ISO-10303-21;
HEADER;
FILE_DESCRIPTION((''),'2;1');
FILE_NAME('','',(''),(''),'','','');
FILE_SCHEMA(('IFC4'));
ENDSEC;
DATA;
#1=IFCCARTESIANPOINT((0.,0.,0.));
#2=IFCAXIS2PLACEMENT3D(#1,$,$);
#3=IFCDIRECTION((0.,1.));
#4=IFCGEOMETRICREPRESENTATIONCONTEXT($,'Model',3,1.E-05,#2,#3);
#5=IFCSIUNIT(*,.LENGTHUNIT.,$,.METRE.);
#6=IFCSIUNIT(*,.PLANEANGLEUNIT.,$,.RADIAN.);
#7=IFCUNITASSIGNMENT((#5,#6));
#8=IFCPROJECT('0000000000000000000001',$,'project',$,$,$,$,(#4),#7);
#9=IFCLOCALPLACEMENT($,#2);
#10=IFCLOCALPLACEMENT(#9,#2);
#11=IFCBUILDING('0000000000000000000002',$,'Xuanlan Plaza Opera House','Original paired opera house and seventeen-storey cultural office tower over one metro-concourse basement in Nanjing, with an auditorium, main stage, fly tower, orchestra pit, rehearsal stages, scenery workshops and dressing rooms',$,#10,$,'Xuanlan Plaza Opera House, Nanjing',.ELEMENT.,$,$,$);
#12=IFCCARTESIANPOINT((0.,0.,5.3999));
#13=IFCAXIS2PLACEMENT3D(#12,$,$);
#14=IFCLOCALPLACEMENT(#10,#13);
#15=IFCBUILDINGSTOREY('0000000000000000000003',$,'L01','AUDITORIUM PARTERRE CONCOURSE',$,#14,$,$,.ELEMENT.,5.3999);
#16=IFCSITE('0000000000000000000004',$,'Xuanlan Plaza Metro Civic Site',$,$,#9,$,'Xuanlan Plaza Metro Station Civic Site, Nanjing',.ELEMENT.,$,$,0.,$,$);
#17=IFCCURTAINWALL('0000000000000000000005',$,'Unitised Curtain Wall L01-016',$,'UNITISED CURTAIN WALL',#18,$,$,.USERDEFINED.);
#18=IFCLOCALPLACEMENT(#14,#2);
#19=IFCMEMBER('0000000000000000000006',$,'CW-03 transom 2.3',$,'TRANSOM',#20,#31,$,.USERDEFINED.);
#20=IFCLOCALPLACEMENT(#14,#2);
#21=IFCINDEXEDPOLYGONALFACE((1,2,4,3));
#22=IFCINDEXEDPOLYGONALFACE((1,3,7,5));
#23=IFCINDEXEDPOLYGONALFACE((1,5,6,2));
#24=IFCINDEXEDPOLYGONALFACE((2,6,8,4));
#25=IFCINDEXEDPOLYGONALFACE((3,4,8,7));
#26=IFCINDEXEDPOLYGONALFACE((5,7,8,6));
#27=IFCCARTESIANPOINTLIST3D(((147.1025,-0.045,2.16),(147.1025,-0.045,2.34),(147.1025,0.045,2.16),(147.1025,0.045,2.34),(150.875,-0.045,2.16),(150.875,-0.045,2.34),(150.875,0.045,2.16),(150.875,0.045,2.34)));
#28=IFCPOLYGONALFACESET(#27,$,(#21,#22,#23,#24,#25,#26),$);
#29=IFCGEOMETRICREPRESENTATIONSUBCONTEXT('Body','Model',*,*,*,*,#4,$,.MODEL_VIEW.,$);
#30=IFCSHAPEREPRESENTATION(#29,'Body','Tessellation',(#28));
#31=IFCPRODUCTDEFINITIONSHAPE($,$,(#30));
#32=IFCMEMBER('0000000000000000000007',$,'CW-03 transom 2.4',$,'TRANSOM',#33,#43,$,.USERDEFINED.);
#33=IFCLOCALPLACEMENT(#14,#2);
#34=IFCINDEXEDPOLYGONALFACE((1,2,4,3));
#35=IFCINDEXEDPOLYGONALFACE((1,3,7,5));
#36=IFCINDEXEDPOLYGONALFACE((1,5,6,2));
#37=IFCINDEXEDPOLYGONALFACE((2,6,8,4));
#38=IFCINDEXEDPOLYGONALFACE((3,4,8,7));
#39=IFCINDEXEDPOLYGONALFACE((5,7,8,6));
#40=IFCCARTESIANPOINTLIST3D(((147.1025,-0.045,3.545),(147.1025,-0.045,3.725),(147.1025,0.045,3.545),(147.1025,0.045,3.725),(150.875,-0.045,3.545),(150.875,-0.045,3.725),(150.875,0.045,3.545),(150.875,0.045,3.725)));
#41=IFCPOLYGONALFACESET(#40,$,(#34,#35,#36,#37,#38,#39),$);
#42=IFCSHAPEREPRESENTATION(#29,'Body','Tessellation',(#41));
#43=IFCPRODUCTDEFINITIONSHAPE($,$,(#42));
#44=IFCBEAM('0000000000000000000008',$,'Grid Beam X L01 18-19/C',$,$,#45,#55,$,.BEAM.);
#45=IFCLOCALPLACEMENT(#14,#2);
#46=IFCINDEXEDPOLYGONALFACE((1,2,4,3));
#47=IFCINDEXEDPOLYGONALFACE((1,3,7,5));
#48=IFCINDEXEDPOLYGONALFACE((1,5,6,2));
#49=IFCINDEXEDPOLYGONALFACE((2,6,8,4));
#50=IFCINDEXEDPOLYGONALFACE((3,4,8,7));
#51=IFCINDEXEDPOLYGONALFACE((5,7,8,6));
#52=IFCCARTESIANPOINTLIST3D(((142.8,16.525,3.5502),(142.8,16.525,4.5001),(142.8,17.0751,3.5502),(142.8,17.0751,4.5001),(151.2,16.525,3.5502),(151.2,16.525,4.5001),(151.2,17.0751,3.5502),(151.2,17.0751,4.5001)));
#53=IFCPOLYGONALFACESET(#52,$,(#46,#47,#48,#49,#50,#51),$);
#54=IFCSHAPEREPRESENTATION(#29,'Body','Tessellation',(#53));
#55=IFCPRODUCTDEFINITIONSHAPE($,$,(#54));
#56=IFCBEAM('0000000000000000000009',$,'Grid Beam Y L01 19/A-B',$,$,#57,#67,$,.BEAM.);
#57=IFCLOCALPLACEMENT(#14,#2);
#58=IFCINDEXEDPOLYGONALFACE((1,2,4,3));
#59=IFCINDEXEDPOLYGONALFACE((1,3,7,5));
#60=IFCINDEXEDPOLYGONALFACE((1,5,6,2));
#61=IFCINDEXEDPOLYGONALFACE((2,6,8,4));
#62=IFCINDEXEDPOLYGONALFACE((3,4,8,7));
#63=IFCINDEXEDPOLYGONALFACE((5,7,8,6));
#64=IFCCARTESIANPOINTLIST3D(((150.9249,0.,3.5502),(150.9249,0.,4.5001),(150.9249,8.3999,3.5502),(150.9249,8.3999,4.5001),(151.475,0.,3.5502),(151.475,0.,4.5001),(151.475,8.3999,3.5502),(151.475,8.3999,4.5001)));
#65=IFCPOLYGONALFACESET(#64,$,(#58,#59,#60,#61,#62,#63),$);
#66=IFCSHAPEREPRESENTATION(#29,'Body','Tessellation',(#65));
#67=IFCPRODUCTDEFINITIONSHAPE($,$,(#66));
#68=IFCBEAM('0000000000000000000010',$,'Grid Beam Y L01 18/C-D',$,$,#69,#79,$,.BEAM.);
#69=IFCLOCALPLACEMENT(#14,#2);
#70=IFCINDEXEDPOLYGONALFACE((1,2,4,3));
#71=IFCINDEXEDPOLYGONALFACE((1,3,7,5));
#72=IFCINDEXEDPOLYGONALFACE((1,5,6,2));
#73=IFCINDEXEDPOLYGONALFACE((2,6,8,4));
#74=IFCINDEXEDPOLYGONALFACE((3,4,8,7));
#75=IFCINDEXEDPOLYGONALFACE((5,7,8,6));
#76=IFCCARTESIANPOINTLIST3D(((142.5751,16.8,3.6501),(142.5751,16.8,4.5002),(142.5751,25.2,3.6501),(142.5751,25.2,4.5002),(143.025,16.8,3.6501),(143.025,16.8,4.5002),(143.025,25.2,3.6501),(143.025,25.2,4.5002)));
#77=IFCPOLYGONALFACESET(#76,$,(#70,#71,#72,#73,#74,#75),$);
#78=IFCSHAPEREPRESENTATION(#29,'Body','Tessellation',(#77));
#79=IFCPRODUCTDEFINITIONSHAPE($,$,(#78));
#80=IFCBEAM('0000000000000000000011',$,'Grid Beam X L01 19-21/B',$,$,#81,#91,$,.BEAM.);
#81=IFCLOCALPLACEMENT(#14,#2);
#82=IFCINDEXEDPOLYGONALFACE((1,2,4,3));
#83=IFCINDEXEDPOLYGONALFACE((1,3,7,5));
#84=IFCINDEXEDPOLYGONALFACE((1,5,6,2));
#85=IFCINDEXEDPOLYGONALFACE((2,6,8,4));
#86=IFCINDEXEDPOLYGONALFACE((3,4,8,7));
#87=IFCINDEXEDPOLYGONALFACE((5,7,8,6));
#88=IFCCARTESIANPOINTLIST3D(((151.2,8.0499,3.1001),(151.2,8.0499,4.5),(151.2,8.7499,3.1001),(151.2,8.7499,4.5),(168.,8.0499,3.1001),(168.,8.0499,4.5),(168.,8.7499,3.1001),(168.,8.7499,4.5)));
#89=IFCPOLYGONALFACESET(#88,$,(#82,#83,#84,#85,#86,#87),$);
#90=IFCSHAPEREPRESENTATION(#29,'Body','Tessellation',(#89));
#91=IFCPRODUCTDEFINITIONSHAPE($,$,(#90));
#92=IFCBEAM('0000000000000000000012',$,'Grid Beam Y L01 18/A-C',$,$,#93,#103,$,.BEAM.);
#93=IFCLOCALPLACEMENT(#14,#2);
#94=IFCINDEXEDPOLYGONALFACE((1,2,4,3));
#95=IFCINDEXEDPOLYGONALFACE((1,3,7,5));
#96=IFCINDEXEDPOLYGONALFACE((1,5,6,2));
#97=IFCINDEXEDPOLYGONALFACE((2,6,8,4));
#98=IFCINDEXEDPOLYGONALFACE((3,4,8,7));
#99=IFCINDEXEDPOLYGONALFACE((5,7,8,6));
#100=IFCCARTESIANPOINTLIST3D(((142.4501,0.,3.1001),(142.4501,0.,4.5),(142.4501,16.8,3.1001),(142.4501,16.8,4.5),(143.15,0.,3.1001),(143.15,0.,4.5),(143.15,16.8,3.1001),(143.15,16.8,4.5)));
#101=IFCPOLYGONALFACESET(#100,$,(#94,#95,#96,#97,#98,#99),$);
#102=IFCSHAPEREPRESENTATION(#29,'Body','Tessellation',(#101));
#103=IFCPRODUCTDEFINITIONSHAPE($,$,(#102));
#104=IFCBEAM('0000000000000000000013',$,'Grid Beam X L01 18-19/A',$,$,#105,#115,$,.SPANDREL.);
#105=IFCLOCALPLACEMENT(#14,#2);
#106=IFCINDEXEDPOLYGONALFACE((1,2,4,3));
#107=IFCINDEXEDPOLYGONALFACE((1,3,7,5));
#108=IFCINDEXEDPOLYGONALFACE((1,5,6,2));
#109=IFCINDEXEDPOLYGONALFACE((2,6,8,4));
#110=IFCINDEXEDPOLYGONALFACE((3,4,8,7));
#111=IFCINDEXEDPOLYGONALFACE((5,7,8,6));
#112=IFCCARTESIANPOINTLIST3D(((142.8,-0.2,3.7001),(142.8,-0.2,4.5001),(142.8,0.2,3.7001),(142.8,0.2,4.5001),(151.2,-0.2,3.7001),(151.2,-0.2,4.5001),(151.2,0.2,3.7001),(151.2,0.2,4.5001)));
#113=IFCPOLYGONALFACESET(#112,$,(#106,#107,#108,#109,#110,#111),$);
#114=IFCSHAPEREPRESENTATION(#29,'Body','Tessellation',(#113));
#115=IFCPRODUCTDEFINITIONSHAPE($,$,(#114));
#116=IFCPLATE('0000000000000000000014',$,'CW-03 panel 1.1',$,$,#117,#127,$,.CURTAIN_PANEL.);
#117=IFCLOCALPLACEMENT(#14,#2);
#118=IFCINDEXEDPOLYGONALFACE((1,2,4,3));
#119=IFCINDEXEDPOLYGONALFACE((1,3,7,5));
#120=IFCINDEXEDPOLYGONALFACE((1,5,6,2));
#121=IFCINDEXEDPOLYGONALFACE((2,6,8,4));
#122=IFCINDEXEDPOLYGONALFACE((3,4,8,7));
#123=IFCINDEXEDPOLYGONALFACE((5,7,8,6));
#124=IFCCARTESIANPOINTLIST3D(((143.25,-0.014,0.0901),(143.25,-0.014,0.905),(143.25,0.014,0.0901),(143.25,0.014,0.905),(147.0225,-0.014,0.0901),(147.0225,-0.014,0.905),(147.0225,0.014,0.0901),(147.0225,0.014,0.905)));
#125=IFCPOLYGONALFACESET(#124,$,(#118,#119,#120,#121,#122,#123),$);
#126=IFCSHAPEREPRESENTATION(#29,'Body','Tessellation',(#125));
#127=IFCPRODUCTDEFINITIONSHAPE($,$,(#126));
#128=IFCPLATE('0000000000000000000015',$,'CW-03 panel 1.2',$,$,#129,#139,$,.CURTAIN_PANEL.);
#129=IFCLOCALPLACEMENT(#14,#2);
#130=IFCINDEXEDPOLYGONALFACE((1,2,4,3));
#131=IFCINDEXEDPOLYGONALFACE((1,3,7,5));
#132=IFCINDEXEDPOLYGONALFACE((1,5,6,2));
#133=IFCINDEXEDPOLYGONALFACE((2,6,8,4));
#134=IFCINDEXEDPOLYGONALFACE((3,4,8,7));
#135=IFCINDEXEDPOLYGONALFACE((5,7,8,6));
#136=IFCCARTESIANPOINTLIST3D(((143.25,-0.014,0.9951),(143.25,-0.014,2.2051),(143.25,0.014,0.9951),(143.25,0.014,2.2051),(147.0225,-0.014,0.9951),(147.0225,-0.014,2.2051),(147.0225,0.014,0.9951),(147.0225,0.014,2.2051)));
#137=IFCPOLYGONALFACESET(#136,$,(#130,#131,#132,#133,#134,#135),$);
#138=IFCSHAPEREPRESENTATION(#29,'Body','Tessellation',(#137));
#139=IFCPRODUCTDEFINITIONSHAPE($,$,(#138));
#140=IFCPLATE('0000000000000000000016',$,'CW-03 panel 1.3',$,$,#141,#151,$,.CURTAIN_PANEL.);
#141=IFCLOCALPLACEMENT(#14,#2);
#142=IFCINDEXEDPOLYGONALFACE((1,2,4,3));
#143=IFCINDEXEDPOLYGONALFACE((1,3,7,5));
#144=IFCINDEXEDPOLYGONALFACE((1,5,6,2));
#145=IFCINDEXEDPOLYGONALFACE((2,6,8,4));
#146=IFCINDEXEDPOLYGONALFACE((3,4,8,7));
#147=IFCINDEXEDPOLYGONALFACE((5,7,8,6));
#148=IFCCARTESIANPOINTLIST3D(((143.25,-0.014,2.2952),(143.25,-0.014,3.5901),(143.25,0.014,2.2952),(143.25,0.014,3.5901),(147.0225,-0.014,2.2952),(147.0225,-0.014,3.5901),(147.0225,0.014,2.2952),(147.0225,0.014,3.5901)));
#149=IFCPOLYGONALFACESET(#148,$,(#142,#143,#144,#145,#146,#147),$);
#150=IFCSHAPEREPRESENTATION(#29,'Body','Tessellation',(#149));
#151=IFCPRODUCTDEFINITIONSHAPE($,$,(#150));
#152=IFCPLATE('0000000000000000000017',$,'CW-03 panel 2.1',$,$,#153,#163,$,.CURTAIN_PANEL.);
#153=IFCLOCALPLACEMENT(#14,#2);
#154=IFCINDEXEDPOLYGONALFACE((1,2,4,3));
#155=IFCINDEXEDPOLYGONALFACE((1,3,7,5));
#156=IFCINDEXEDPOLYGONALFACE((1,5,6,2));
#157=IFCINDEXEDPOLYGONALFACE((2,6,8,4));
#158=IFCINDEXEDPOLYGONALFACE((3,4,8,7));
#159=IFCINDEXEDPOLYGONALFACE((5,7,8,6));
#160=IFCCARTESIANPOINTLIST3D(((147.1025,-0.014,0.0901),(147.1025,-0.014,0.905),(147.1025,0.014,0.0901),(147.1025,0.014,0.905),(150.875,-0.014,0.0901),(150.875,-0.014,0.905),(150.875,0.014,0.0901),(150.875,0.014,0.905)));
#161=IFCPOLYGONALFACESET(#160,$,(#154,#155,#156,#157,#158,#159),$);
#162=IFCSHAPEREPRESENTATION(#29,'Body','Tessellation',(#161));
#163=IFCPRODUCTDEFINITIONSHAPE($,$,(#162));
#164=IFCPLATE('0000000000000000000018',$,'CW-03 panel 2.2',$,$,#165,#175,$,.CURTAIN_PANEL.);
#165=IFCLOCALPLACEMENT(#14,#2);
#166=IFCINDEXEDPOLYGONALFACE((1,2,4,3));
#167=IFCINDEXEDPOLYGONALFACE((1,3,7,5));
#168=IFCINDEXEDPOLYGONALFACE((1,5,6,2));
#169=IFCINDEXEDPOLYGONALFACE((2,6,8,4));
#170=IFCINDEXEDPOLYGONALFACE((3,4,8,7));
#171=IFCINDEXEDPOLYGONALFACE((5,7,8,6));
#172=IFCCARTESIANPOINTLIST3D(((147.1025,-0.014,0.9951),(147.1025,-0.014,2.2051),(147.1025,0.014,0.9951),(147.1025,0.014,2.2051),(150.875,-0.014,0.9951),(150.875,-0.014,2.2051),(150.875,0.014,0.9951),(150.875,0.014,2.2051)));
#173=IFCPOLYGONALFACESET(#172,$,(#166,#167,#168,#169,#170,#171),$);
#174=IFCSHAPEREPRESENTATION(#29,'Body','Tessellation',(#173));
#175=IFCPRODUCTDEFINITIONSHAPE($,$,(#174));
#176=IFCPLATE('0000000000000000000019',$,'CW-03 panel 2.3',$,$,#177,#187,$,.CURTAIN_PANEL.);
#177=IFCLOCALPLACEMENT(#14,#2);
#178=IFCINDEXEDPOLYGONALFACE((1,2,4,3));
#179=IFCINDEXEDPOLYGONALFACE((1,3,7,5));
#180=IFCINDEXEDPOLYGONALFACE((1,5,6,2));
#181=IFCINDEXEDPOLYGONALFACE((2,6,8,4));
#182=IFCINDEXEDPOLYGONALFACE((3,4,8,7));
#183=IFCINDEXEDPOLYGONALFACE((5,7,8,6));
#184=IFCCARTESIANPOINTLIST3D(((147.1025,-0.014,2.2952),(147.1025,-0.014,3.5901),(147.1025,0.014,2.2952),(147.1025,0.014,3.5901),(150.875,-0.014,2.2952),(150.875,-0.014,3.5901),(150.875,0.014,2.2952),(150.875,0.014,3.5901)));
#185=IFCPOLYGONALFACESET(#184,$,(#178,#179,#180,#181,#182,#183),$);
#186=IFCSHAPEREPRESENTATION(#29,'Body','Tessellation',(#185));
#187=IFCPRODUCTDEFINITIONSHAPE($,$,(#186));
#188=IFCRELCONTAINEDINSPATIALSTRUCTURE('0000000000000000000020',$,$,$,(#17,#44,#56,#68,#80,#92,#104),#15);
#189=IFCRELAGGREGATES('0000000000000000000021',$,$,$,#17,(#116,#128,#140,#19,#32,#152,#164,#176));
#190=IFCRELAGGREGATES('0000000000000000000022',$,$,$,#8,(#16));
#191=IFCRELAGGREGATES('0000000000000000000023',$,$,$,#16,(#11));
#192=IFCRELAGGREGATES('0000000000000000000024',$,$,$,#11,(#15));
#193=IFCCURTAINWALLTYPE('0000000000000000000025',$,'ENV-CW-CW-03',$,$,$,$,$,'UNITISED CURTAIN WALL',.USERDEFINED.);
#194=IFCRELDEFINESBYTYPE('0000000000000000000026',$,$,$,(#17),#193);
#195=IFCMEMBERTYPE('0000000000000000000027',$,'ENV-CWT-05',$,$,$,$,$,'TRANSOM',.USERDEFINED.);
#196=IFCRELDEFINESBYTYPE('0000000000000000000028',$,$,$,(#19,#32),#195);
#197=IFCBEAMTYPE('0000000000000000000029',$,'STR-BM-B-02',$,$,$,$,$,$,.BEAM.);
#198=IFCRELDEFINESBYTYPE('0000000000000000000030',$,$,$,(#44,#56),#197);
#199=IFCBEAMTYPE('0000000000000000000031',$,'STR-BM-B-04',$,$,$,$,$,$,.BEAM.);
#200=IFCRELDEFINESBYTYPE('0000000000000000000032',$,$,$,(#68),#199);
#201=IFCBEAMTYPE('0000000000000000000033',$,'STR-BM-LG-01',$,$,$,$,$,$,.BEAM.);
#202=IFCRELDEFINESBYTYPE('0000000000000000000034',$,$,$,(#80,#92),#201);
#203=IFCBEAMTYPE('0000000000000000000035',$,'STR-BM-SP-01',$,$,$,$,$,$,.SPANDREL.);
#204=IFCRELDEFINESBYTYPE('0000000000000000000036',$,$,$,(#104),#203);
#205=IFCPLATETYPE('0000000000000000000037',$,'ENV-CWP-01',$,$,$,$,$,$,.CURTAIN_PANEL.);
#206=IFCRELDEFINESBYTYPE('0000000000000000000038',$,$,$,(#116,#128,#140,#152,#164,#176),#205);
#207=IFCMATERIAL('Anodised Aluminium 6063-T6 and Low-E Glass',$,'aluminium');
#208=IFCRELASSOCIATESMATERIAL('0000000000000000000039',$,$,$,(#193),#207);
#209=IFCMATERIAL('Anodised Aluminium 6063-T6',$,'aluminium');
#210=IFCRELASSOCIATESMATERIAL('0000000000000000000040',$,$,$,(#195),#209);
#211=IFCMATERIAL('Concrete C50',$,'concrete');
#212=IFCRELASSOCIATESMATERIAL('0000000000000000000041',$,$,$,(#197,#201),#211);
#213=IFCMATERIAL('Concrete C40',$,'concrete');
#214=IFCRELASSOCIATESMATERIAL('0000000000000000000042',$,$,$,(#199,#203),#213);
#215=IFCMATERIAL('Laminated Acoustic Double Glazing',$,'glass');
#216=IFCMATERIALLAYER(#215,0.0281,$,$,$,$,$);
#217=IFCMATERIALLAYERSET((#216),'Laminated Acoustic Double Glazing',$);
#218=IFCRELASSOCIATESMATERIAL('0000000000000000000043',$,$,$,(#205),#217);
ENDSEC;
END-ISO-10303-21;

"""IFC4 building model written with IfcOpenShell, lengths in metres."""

from ifc_helpers import new_model, si_unit, direction, frame, origin, origin_2d, place, context, subcontext, project, spatial, rectangle, extrude, material, layer, layer_set, material_profile, profile_set, type_object, element, aggregate, save


model = new_model("IFC4")

# Units and contexts
model_context = context("Model", 3, precision=1e-05, world=origin(), true_north=direction((0.0, 1.0)))
body_context = subcontext(model_context, "Body", "Model", "MODEL_VIEW")
ifc_project = project(units=[si_unit("LENGTHUNIT", "METRE"), si_unit("PLANEANGLEUNIT", "RADIAN")], contexts=[model_context])

# Site, building, storey
site_placement = place(None, origin())
site = spatial("IfcSite", under=ifc_project, at=site_placement, Name="Xuanlan Plaza Metro Civic Site", LongName="Xuanlan Plaza Metro Station Civic Site, Nanjing", CompositionType="ELEMENT", RefElevation=0.0)
building_placement = place(site_placement, origin())
building = spatial("IfcBuilding", under=site, at=building_placement, Name="Xuanlan Plaza Opera House", Description="Original paired opera house and seventeen-storey cultural office tower over one metro-concourse basement in Nanjing, with an auditorium, main stage, fly tower, orchestra pit, rehearsal stages, scenery workshops and dressing rooms", LongName="Xuanlan Plaza Opera House, Nanjing", CompositionType="ELEMENT")
storey_placement = place(building_placement, frame((0.0, 0.0, 5.3999)))
storey = spatial("IfcBuildingStorey", under=building, at=storey_placement, Name="L01", Description="AUDITORIUM PARTERRE CONCOURSE", CompositionType="ELEMENT", Elevation=5.3999)

# Shared definitions
ifc_material_1 = material(Name="Concrete C40", Category="concrete")

# Shared definitions
ifc_material_2 = material(Name="Anodised Aluminium 6063-T6 and Low-E Glass", Category="aluminium")
ifc_material_3 = material(Name="Anodised Aluminium 6063-T6", Category="aluminium")

# Curtain wall, members
curtain_wall_type_1 = type_object("IfcCurtainWallType", Name="ENV-CW-CW-03", ElementType="UNITISED CURTAIN WALL", PredefinedType="USERDEFINED", material=ifc_material_2)
curtain_wall_1_placement = place(storey_placement, origin())
curtain_wall_1 = element("IfcCurtainWall", 1, at=curtain_wall_1_placement, inside=storey, type_object=curtain_wall_type_1, Name="Unitised Curtain Wall L01-016", ObjectType="UNITISED CURTAIN WALL", PredefinedType="USERDEFINED")
ifc_material_profile_1 = material_profile(ifc_material_3, rectangle(XDim=0.0901, YDim=0.1799, at=origin_2d()), Name="ALU-T 90x180")
ifc_profile_set_1 = profile_set([ifc_material_profile_1], Name="Anodised Aluminium 6063-T6")
member_type_1 = type_object("IfcMemberType", Name="ENV-CWT-05", ElementType="TRANSOM", PredefinedType="USERDEFINED", material=ifc_profile_set_1)
member_1_placement = place(storey_placement, frame((147.1025, 0.0, 2.25), z_axis=(1.0, 0.0, 0.0), x_axis=(0.0, 1.0, 0.0)))
member_1 = element("IfcMember", 2, at=member_1_placement, type_object=member_type_1, Name="CW-03 transom 2.3", ObjectType="TRANSOM", PredefinedType="USERDEFINED", context=body_context, shape_type="SweptSolid", body=[
    extrude(rectangle(XDim=0.0901, YDim=0.1799, at=origin_2d()), origin(), (0.0, 0.0, 1.0), 3.7725),
])
member_2_placement = place(storey_placement, frame((147.1025, 0.0, 3.635), z_axis=(1.0, 0.0, 0.0), x_axis=(0.0, 1.0, 0.0)))
member_2 = element("IfcMember", 3, at=member_2_placement, type_object=member_type_1, Name="CW-03 transom 2.4", ObjectType="TRANSOM", PredefinedType="USERDEFINED", context=body_context, shape_type="SweptSolid", body=[
    extrude(rectangle(XDim=0.0901, YDim=0.1799, at=origin_2d()), origin(), (0.0, 0.0, 1.0), 3.7725),
])

# Beams
ifc_material_4 = material(Name="Concrete C50", Category="concrete")
ifc_material_profile_2 = material_profile(ifc_material_4, rectangle(XDim=0.55, YDim=0.95, at=origin_2d()), Name="RC-BM 550x950")
ifc_profile_set_2 = profile_set([ifc_material_profile_2], Name="Concrete C50")
beam_type_1 = type_object("IfcBeamType", Name="STR-BM-B-02", PredefinedType="BEAM", material=ifc_profile_set_2)
for number, where, z_axis, x_axis, name in (
    (4, (142.8, 16.8, 4.0251), (1.0, 0.0, 0.0), (0.0, 1.0, 0.0), "Grid Beam X L01 18-19/C"),
    (5, (151.2, 0.0, 4.0251), (0.0, 1.0, 0.0), (-1.0, 0.0, 0.0), "Grid Beam Y L01 19/A-B"),
):
    element("IfcBeam", number, at=place(storey_placement, frame(where, z_axis=z_axis, x_axis=x_axis)), inside=storey, type_object=beam_type_1, Name=name, PredefinedType="BEAM", context=body_context, shape_type="SweptSolid", body=[
        extrude(rectangle(XDim=0.55, YDim=0.95, at=origin_2d()), origin(), (0.0, 0.0, 1.0), 8.3999),
    ])
ifc_material_profile_3 = material_profile(ifc_material_1, rectangle(XDim=0.45, YDim=0.8501, at=origin_2d()), Name="RC-BM 450x850")
ifc_profile_set_3 = profile_set([ifc_material_profile_3], Name="Concrete C40")
beam_type_2 = type_object("IfcBeamType", Name="STR-BM-B-04", PredefinedType="BEAM", material=ifc_profile_set_3)
beam_1_placement = place(storey_placement, frame((142.8, 16.8, 4.0752), z_axis=(0.0, 1.0, 0.0), x_axis=(-1.0, 0.0, 0.0)))
element("IfcBeam", 6, at=beam_1_placement, inside=storey, type_object=beam_type_2, Name="Grid Beam Y L01 18/C-D", PredefinedType="BEAM", context=body_context, shape_type="SweptSolid", body=[
    extrude(rectangle(XDim=0.45, YDim=0.8501, at=origin_2d()), origin(), (0.0, 0.0, 1.0), 8.3999),
])
ifc_material_profile_4 = material_profile(ifc_material_4, rectangle(XDim=0.7, YDim=1.3999, at=origin_2d()), Name="RC-LG 700x1400")
ifc_profile_set_4 = profile_set([ifc_material_profile_4], Name="Concrete C50")
beam_type_3 = type_object("IfcBeamType", Name="STR-BM-LG-01", PredefinedType="BEAM", material=ifc_profile_set_4)
for number, where, z_axis, x_axis, name in (
    (7, (151.2, 8.3999, 3.8), (1.0, 0.0, 0.0), (0.0, 1.0, 0.0), "Grid Beam X L01 19-21/B"),
    (8, (142.8, 0.0, 3.8), (0.0, 1.0, 0.0), (-1.0, 0.0, 0.0), "Grid Beam Y L01 18/A-C"),
):
    element("IfcBeam", number, at=place(storey_placement, frame(where, z_axis=z_axis, x_axis=x_axis)), inside=storey, type_object=beam_type_3, Name=name, PredefinedType="BEAM", context=body_context, shape_type="SweptSolid", body=[
        extrude(rectangle(XDim=0.7, YDim=1.3999, at=origin_2d()), origin(), (0.0, 0.0, 1.0), 16.8),
    ])
ifc_material_profile_5 = material_profile(ifc_material_1, rectangle(XDim=0.3999, YDim=0.8, at=origin_2d()), Name="RC-SPD 400x800")
ifc_profile_set_5 = profile_set([ifc_material_profile_5], Name="Concrete C40")
beam_type_4 = type_object("IfcBeamType", Name="STR-BM-SP-01", PredefinedType="SPANDREL", material=ifc_profile_set_5)
beam_2_placement = place(storey_placement, frame((142.8, 0.0, 4.1001), z_axis=(1.0, 0.0, 0.0), x_axis=(0.0, 1.0, 0.0)))
element("IfcBeam", 9, at=beam_2_placement, inside=storey, type_object=beam_type_4, Name="Grid Beam X L01 18-19/A", PredefinedType="SPANDREL", context=body_context, shape_type="SweptSolid", body=[
    extrude(rectangle(XDim=0.3999, YDim=0.8, at=origin_2d()), origin(), (0.0, 0.0, 1.0), 8.3999),
])

# Plates
ifc_material_5 = material(Name="Laminated Acoustic Double Glazing", Category="glass")
ifc_layer_1 = layer(ifc_material_5, 0.0281)
ifc_layer_set_1 = layer_set([ifc_layer_1], Name="Laminated Acoustic Double Glazing")
plate_type_1 = type_object("IfcPlateType", Name="ENV-CWP-01", PredefinedType="CURTAIN_PANEL", material=ifc_layer_set_1)
plate_1_placement = place(storey_placement, frame((145.1362, 0.0, 0.0901), z_axis=(0.0, 0.0, 1.0), x_axis=(1.0, 0.0, 0.0)))
plate_1 = element("IfcPlate", 10, at=plate_1_placement, type_object=plate_type_1, Name="CW-03 panel 1.1", PredefinedType="CURTAIN_PANEL", context=body_context, shape_type="SweptSolid", body=[
    extrude(rectangle(XDim=3.7725, YDim=0.0281, at=origin_2d()), origin(), (0.0, 0.0, 1.0), 0.8149),
])
plate_2_placement = place(storey_placement, frame((145.1362, 0.0, 0.9951), z_axis=(0.0, 0.0, 1.0), x_axis=(1.0, 0.0, 0.0)))
plate_2 = element("IfcPlate", 11, at=plate_2_placement, type_object=plate_type_1, Name="CW-03 panel 1.2", PredefinedType="CURTAIN_PANEL", context=body_context, shape_type="SweptSolid", body=[
    extrude(rectangle(XDim=3.7725, YDim=0.0281, at=origin_2d()), origin(), (0.0, 0.0, 1.0), 1.21),
])
plate_3_placement = place(storey_placement, frame((145.1362, 0.0, 2.2952), z_axis=(0.0, 0.0, 1.0), x_axis=(1.0, 0.0, 0.0)))
plate_3 = element("IfcPlate", 12, at=plate_3_placement, type_object=plate_type_1, Name="CW-03 panel 1.3", PredefinedType="CURTAIN_PANEL", context=body_context, shape_type="SweptSolid", body=[
    extrude(rectangle(XDim=3.7725, YDim=0.0281, at=origin_2d()), origin(), (0.0, 0.0, 1.0), 1.2949),
])
plate_4_placement = place(storey_placement, frame((148.9888, 0.0, 0.0901), z_axis=(0.0, 0.0, 1.0), x_axis=(1.0, 0.0, 0.0)))
plate_4 = element("IfcPlate", 13, at=plate_4_placement, type_object=plate_type_1, Name="CW-03 panel 2.1", PredefinedType="CURTAIN_PANEL", context=body_context, shape_type="SweptSolid", body=[
    extrude(rectangle(XDim=3.7725, YDim=0.0281, at=origin_2d()), origin(), (0.0, 0.0, 1.0), 0.8149),
])
plate_5_placement = place(storey_placement, frame((148.9888, 0.0, 0.9951), z_axis=(0.0, 0.0, 1.0), x_axis=(1.0, 0.0, 0.0)))
plate_5 = element("IfcPlate", 14, at=plate_5_placement, type_object=plate_type_1, Name="CW-03 panel 2.2", PredefinedType="CURTAIN_PANEL", context=body_context, shape_type="SweptSolid", body=[
    extrude(rectangle(XDim=3.7725, YDim=0.0281, at=origin_2d()), origin(), (0.0, 0.0, 1.0), 1.21),
])
plate_6_placement = place(storey_placement, frame((148.9888, 0.0, 2.2952), z_axis=(0.0, 0.0, 1.0), x_axis=(1.0, 0.0, 0.0)))
plate_6 = element("IfcPlate", 15, at=plate_6_placement, type_object=plate_type_1, Name="CW-03 panel 2.3", PredefinedType="CURTAIN_PANEL", context=body_context, shape_type="SweptSolid", body=[
    extrude(rectangle(XDim=3.7725, YDim=0.0281, at=origin_2d()), origin(), (0.0, 0.0, 1.0), 1.2949),
])
aggregate(curtain_wall_1, [plate_1, plate_2, plate_3, member_1, member_2, plate_4, plate_5, plate_6])

save(model, "model.ifc")
